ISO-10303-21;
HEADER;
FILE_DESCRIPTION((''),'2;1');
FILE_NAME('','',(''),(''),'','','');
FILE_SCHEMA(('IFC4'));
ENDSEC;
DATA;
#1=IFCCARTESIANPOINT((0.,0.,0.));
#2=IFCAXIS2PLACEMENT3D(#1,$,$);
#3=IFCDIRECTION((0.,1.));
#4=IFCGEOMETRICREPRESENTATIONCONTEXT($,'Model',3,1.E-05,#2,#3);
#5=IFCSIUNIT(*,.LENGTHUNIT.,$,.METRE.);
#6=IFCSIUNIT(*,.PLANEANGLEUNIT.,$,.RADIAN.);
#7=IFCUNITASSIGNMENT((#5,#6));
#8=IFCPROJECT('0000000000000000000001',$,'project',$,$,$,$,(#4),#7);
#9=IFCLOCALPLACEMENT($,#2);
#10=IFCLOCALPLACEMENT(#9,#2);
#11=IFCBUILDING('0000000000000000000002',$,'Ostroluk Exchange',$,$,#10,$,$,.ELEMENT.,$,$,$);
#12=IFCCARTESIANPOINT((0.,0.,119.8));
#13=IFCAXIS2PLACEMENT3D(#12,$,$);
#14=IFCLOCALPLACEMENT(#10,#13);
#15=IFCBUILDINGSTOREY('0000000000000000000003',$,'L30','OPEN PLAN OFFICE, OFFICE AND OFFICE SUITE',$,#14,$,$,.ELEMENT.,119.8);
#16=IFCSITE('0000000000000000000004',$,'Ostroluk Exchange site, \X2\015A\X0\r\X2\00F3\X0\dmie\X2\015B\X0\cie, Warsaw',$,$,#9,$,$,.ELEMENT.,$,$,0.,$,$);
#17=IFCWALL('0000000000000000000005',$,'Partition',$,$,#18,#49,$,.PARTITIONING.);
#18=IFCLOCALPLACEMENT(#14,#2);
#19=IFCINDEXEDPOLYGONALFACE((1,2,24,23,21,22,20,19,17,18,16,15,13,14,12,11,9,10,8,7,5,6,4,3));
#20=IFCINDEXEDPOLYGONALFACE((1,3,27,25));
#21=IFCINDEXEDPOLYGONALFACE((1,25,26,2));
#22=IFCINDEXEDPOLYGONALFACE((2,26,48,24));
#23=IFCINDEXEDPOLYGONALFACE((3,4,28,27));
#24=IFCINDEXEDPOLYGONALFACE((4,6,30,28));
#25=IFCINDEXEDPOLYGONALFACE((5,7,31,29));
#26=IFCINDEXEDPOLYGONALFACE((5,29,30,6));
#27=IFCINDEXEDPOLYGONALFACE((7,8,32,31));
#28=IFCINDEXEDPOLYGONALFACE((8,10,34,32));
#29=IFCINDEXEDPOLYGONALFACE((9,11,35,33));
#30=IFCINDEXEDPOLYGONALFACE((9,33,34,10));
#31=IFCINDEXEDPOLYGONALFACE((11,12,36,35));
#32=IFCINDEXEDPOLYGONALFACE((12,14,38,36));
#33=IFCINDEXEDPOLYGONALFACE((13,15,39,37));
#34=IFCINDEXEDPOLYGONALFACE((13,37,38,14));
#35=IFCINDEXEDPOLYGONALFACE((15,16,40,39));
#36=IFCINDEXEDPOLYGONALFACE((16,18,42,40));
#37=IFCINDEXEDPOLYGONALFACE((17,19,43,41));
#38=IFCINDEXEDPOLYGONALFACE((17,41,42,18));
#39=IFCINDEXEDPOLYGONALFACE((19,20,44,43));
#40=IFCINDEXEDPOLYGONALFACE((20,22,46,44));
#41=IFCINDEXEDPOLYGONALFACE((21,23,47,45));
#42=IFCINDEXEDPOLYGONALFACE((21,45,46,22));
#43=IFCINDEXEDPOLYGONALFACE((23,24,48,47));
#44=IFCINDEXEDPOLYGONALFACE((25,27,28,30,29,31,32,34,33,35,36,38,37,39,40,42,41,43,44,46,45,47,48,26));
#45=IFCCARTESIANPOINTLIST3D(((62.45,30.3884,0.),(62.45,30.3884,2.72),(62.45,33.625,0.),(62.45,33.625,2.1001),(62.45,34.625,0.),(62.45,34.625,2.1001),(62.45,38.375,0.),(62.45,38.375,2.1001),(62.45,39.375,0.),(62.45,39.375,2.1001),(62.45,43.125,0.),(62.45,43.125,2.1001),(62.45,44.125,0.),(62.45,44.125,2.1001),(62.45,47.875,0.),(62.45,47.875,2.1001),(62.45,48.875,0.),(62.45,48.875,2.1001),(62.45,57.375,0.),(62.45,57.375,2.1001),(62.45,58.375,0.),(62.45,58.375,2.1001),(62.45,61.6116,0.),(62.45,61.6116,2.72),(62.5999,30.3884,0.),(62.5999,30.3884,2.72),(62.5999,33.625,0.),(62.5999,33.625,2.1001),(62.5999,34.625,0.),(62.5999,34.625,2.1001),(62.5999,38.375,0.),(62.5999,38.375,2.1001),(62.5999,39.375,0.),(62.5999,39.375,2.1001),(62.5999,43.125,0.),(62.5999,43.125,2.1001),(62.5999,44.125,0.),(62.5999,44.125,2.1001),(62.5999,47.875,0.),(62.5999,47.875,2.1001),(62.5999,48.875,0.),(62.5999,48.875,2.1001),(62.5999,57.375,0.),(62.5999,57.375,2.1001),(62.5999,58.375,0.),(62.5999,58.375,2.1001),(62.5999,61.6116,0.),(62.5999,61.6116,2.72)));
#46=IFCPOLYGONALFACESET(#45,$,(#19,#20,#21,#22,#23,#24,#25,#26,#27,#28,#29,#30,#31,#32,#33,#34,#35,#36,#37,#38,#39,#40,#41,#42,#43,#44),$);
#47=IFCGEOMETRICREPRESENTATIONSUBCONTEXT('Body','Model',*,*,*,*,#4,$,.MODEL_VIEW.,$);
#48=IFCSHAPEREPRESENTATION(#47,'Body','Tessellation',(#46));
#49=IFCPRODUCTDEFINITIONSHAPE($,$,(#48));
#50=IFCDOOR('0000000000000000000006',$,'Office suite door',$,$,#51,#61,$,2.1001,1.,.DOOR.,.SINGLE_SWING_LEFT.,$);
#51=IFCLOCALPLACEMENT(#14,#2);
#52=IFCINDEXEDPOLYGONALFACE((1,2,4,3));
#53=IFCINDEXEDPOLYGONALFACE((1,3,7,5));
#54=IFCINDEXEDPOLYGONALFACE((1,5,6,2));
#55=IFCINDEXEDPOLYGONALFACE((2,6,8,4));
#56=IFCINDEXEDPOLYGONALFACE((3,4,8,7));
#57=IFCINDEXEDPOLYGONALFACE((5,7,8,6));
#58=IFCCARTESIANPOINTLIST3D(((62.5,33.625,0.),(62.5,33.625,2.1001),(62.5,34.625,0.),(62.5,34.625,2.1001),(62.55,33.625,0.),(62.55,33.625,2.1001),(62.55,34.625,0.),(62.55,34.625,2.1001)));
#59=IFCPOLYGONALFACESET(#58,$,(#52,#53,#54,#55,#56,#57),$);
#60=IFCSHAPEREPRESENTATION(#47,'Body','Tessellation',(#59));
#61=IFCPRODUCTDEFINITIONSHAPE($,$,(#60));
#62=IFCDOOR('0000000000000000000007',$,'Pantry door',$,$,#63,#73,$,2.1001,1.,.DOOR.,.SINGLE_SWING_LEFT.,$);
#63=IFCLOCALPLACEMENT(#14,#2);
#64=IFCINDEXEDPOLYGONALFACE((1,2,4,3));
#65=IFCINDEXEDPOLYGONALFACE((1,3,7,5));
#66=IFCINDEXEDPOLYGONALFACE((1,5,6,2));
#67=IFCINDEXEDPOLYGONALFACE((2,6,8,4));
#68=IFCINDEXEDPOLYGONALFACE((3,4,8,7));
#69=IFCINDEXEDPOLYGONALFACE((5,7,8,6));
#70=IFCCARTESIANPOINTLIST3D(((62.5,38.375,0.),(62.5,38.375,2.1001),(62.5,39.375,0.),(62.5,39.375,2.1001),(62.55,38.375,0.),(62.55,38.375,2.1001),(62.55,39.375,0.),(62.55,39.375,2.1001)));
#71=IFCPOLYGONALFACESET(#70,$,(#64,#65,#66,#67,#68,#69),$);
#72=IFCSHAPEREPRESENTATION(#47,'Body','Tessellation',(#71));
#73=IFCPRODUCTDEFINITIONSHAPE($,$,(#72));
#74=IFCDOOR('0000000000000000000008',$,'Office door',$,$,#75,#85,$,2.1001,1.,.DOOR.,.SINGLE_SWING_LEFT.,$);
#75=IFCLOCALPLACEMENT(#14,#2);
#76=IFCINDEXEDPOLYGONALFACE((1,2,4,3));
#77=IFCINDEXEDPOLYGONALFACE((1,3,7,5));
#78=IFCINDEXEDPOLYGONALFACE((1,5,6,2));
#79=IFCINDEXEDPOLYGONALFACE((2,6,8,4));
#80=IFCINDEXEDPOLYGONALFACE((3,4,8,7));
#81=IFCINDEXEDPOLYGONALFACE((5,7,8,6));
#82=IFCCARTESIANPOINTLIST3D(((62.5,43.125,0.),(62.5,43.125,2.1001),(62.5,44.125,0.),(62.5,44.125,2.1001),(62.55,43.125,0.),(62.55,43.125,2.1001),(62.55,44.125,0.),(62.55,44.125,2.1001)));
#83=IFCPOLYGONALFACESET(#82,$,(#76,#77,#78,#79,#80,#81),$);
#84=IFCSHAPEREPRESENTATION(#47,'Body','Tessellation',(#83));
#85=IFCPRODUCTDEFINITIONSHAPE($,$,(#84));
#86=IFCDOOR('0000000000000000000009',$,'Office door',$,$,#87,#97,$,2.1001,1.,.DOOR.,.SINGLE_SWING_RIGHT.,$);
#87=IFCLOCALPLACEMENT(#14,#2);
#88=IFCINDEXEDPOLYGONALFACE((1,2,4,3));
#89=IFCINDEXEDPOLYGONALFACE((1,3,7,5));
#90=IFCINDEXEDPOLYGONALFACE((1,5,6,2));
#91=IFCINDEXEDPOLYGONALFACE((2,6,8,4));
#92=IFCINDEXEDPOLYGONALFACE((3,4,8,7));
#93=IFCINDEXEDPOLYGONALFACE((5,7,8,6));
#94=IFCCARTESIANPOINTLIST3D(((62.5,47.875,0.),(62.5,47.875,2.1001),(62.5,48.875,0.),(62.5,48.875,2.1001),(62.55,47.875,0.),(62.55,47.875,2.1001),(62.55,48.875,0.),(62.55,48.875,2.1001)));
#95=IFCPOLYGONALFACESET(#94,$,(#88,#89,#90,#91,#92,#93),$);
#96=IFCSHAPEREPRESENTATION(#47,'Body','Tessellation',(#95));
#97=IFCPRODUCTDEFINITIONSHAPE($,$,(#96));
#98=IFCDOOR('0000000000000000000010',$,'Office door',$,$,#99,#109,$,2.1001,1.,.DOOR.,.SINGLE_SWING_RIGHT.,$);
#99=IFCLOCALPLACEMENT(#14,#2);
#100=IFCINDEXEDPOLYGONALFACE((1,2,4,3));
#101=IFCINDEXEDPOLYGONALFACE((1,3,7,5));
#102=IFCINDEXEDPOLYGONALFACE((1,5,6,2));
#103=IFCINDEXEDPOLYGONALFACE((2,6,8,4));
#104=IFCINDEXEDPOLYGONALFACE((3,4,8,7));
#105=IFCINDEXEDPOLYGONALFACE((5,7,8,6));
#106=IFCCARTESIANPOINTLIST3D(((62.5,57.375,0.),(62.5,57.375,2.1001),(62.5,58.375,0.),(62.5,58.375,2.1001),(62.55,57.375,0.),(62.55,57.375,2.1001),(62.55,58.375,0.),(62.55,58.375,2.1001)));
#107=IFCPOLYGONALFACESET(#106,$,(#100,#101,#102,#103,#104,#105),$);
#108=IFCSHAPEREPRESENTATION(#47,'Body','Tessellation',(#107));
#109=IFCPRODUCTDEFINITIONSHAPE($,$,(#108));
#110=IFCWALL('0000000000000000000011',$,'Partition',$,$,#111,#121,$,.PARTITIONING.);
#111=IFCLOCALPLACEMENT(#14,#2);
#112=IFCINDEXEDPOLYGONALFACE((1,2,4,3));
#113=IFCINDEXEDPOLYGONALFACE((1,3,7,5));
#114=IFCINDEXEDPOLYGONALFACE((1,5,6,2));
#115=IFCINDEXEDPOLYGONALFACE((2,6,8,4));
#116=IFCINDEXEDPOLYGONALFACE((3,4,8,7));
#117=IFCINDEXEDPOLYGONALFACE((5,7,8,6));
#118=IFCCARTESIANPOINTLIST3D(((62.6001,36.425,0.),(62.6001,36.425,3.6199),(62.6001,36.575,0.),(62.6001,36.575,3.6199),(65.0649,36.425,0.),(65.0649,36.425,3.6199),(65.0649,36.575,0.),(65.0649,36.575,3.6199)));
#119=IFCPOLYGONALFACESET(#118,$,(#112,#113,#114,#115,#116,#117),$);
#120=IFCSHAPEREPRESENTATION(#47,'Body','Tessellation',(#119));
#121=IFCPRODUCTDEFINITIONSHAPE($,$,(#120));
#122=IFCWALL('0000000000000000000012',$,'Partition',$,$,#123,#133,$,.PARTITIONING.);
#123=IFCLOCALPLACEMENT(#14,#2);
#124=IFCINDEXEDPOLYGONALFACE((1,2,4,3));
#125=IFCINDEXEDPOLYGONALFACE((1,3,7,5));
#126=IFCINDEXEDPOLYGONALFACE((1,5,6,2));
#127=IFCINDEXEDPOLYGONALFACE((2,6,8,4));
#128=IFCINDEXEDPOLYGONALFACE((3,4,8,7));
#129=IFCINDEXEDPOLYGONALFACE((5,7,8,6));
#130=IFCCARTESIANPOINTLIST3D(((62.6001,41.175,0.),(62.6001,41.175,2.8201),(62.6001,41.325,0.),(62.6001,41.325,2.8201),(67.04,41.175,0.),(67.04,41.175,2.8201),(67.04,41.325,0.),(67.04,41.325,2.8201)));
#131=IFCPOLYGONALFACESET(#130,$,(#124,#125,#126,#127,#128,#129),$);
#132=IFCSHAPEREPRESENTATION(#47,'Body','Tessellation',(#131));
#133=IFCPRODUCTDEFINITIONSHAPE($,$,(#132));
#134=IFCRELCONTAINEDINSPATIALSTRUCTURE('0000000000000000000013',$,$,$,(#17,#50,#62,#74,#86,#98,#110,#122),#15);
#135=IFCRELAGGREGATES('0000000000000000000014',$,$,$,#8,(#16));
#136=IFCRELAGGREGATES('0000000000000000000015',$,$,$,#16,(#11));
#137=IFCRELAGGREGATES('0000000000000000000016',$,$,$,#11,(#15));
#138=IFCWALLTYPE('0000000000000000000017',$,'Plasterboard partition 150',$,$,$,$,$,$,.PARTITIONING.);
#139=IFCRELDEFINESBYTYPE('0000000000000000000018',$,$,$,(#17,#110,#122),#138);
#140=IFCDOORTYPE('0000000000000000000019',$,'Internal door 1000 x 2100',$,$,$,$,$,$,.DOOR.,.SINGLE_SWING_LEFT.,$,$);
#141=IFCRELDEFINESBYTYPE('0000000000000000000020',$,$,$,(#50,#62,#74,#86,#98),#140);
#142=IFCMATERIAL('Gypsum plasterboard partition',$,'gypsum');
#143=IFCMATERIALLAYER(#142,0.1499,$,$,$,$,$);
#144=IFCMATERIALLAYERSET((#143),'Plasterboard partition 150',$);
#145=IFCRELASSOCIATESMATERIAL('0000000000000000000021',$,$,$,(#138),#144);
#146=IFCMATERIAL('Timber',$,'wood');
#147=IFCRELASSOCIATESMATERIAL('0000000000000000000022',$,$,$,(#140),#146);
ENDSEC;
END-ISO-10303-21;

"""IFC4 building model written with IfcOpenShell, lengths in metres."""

from ifc_helpers import new_model, si_unit, direction, frame, frame_2d, origin, place, context, subcontext, project, spatial, rectangle, extrude, material, layer, layer_set, type_object, element, fill, save


model = new_model("IFC4")

# Units and contexts
model_context = context("Model", 3, precision=1e-05, world=origin(), true_north=direction((0.0, 1.0)))
body_context = subcontext(model_context, "Body", "Model", "MODEL_VIEW")
ifc_project = project(units=[si_unit("LENGTHUNIT", "METRE"), si_unit("PLANEANGLEUNIT", "RADIAN")], contexts=[model_context])

# Site, building, storey
site_placement = place(None, origin())
site = spatial("IfcSite", under=ifc_project, at=site_placement, Name="Ostroluk Exchange site, Śródmieście, Warsaw", CompositionType="ELEMENT", RefElevation=0.0)
building_placement = place(site_placement, origin())
building = spatial("IfcBuilding", under=site, at=building_placement, Name="Ostroluk Exchange", CompositionType="ELEMENT")
storey_placement = place(building_placement, frame((0.0, 0.0, 119.8)))
storey = spatial("IfcBuildingStorey", under=building, at=storey_placement, Name="L30", Description="OPEN PLAN OFFICE, OFFICE AND OFFICE SUITE", CompositionType="ELEMENT", Elevation=119.8)

# Shared definitions
ifc_material_1 = material(Name="Gypsum plasterboard partition", Category="gypsum")
ifc_layer_1 = layer(ifc_material_1, 0.1499)
ifc_layer_set_1 = layer_set([ifc_layer_1], Name="Plasterboard partition 150")
wall_type_1 = type_object("IfcWallType", Name="Plasterboard partition 150", PredefinedType="PARTITIONING", material=ifc_layer_set_1)
ifc_material_2 = material(Name="Timber", Category="wood")
door_type_1 = type_object("IfcDoorType", Name="Internal door 1000 x 2100", OperationType="SINGLE_SWING_LEFT", PredefinedType="DOOR", material=ifc_material_2)

# Wall, openings, doors
wall_1_placement = place(storey_placement, frame((62.5249, 30.3884, 0.0), z_axis=(0.0, 0.0, 1.0), x_axis=(0.0, 1.0, 0.0)))
wall_1 = element("IfcWall", 1, at=wall_1_placement, inside=storey, type_object=wall_type_1, Name="Partition", PredefinedType="PARTITIONING", context=body_context, shape_type="SweptSolid", body=[
    extrude(rectangle(XDim=31.2231, YDim=0.1499, at=frame_2d((15.6116, 0.0))), origin(), (0.0, 0.0, 1.0), 2.72),
])
opening_1_placement = place(wall_1_placement, frame((3.2366, 0.0, 0.0)))
opening_1 = element("IfcOpeningElement", 2, at=opening_1_placement, cuts=wall_1, PredefinedType="OPENING", context=body_context, shape_type="SweptSolid", body=[
    extrude(rectangle(XDim=1.0, YDim=2.1001, at=frame_2d((0.5, 1.05))), frame((0.0, 0.085, 0.0), z_axis=(0.0, -1.0, 0.0), x_axis=(1.0, 0.0, 0.0)), (0.0, 0.0, 1.0), 0.1699),
])
opening_2_placement = place(wall_1_placement, frame((7.9866, 0.0, 0.0)))
opening_2 = element("IfcOpeningElement", 3, at=opening_2_placement, cuts=wall_1, PredefinedType="OPENING", context=body_context, shape_type="SweptSolid", body=[
    extrude(rectangle(XDim=1.0, YDim=2.1001, at=frame_2d((0.5, 1.05))), frame((0.0, 0.085, 0.0), z_axis=(0.0, -1.0, 0.0), x_axis=(1.0, 0.0, 0.0)), (0.0, 0.0, 1.0), 0.1699),
])
opening_3_placement = place(wall_1_placement, frame((12.7366, 0.0, 0.0)))
opening_3 = element("IfcOpeningElement", 4, at=opening_3_placement, cuts=wall_1, PredefinedType="OPENING", context=body_context, shape_type="SweptSolid", body=[
    extrude(rectangle(XDim=1.0, YDim=2.1001, at=frame_2d((0.5, 1.05))), frame((0.0, 0.085, 0.0), z_axis=(0.0, -1.0, 0.0), x_axis=(1.0, 0.0, 0.0)), (0.0, 0.0, 1.0), 0.1699),
])
opening_4_placement = place(wall_1_placement, frame((17.4866, 0.0, 0.0)))
opening_4 = element("IfcOpeningElement", 5, at=opening_4_placement, cuts=wall_1, PredefinedType="OPENING", context=body_context, shape_type="SweptSolid", body=[
    extrude(rectangle(XDim=1.0, YDim=2.1001, at=frame_2d((0.5, 1.05))), frame((0.0, 0.085, 0.0), z_axis=(0.0, -1.0, 0.0), x_axis=(1.0, 0.0, 0.0)), (0.0, 0.0, 1.0), 0.1699),
])
opening_5_placement = place(wall_1_placement, frame((26.9866, 0.0, 0.0)))
opening_5 = element("IfcOpeningElement", 6, at=opening_5_placement, cuts=wall_1, PredefinedType="OPENING", context=body_context, shape_type="SweptSolid", body=[
    extrude(rectangle(XDim=1.0, YDim=2.1001, at=frame_2d((0.5, 1.05))), frame((0.0, 0.085, 0.0), z_axis=(0.0, -1.0, 0.0), x_axis=(1.0, 0.0, 0.0)), (0.0, 0.0, 1.0), 0.1699),
])
door_1_placement = place(opening_1_placement, origin())
door_1 = element("IfcDoor", 7, at=door_1_placement, inside=storey, type_object=door_type_1, Name="Office suite door", OperationType="SINGLE_SWING_LEFT", OverallHeight=2.1001, OverallWidth=1.0, PredefinedType="DOOR", context=body_context, shape_type="SweptSolid", body=[
    extrude(rectangle(XDim=1.0, YDim=2.1001, at=frame_2d((0.5, 1.05))), frame((0.0, 0.0249, 0.0), z_axis=(0.0, -1.0, 0.0), x_axis=(1.0, 0.0, 0.0)), (0.0, 0.0, 1.0), 0.05),
])
fill(opening_1, door_1)
door_2_placement = place(opening_2_placement, origin())
door_2 = element("IfcDoor", 8, at=door_2_placement, inside=storey, type_object=door_type_1, Name="Pantry door", OperationType="SINGLE_SWING_LEFT", OverallHeight=2.1001, OverallWidth=1.0, PredefinedType="DOOR", context=body_context, shape_type="SweptSolid", body=[
    extrude(rectangle(XDim=1.0, YDim=2.1001, at=frame_2d((0.5, 1.05))), frame((0.0, 0.0249, 0.0), z_axis=(0.0, -1.0, 0.0), x_axis=(1.0, 0.0, 0.0)), (0.0, 0.0, 1.0), 0.05),
])
fill(opening_2, door_2)
door_3_placement = place(opening_3_placement, origin())
door_3 = element("IfcDoor", 9, at=door_3_placement, inside=storey, type_object=door_type_1, Name="Office door", OperationType="SINGLE_SWING_LEFT", OverallHeight=2.1001, OverallWidth=1.0, PredefinedType="DOOR", context=body_context, shape_type="SweptSolid", body=[
    extrude(rectangle(XDim=1.0, YDim=2.1001, at=frame_2d((0.5, 1.05))), frame((0.0, 0.0249, 0.0), z_axis=(0.0, -1.0, 0.0), x_axis=(1.0, 0.0, 0.0)), (0.0, 0.0, 1.0), 0.05),
])
fill(opening_3, door_3)
door_4_placement = place(opening_4_placement, origin())
door_4 = element("IfcDoor", 10, at=door_4_placement, inside=storey, type_object=door_type_1, Name="Office door", OperationType="SINGLE_SWING_RIGHT", OverallHeight=2.1001, OverallWidth=1.0, PredefinedType="DOOR", context=body_context, shape_type="SweptSolid", body=[
    extrude(rectangle(XDim=1.0, YDim=2.1001, at=frame_2d((0.5, 1.05))), frame((0.0, 0.0249, 0.0), z_axis=(0.0, -1.0, 0.0), x_axis=(1.0, 0.0, 0.0)), (0.0, 0.0, 1.0), 0.05),
])
fill(opening_4, door_4)
door_5_placement = place(opening_5_placement, origin())
door_5 = element("IfcDoor", 11, at=door_5_placement, inside=storey, type_object=door_type_1, Name="Office door", OperationType="SINGLE_SWING_RIGHT", OverallHeight=2.1001, OverallWidth=1.0, PredefinedType="DOOR", context=body_context, shape_type="SweptSolid", body=[
    extrude(rectangle(XDim=1.0, YDim=2.1001, at=frame_2d((0.5, 1.05))), frame((0.0, 0.0249, 0.0), z_axis=(0.0, -1.0, 0.0), x_axis=(1.0, 0.0, 0.0)), (0.0, 0.0, 1.0), 0.05),
])
fill(opening_5, door_5)

# Walls
wall_2_placement = place(storey_placement, frame((62.6001, 36.5, 0.0), z_axis=(0.0, 0.0, 1.0), x_axis=(1.0, 0.0, 0.0)))
element("IfcWall", 12, at=wall_2_placement, inside=storey, type_object=wall_type_1, Name="Partition", PredefinedType="PARTITIONING", context=body_context, shape_type="SweptSolid", body=[
    extrude(rectangle(XDim=2.4648, YDim=0.1499, at=frame_2d((1.2324, 0.0))), origin(), (0.0, 0.0, 1.0), 3.6199),
])
wall_3_placement = place(storey_placement, frame((62.6001, 41.25, 0.0), z_axis=(0.0, 0.0, 1.0), x_axis=(1.0, 0.0, 0.0)))
element("IfcWall", 13, at=wall_3_placement, inside=storey, type_object=wall_type_1, Name="Partition", PredefinedType="PARTITIONING", context=body_context, shape_type="SweptSolid", body=[
    extrude(rectangle(XDim=4.4399, YDim=0.1499, at=frame_2d((2.22, 0.0))), origin(), (0.0, 0.0, 1.0), 2.8201),
])

save(model, "model.ifc")
